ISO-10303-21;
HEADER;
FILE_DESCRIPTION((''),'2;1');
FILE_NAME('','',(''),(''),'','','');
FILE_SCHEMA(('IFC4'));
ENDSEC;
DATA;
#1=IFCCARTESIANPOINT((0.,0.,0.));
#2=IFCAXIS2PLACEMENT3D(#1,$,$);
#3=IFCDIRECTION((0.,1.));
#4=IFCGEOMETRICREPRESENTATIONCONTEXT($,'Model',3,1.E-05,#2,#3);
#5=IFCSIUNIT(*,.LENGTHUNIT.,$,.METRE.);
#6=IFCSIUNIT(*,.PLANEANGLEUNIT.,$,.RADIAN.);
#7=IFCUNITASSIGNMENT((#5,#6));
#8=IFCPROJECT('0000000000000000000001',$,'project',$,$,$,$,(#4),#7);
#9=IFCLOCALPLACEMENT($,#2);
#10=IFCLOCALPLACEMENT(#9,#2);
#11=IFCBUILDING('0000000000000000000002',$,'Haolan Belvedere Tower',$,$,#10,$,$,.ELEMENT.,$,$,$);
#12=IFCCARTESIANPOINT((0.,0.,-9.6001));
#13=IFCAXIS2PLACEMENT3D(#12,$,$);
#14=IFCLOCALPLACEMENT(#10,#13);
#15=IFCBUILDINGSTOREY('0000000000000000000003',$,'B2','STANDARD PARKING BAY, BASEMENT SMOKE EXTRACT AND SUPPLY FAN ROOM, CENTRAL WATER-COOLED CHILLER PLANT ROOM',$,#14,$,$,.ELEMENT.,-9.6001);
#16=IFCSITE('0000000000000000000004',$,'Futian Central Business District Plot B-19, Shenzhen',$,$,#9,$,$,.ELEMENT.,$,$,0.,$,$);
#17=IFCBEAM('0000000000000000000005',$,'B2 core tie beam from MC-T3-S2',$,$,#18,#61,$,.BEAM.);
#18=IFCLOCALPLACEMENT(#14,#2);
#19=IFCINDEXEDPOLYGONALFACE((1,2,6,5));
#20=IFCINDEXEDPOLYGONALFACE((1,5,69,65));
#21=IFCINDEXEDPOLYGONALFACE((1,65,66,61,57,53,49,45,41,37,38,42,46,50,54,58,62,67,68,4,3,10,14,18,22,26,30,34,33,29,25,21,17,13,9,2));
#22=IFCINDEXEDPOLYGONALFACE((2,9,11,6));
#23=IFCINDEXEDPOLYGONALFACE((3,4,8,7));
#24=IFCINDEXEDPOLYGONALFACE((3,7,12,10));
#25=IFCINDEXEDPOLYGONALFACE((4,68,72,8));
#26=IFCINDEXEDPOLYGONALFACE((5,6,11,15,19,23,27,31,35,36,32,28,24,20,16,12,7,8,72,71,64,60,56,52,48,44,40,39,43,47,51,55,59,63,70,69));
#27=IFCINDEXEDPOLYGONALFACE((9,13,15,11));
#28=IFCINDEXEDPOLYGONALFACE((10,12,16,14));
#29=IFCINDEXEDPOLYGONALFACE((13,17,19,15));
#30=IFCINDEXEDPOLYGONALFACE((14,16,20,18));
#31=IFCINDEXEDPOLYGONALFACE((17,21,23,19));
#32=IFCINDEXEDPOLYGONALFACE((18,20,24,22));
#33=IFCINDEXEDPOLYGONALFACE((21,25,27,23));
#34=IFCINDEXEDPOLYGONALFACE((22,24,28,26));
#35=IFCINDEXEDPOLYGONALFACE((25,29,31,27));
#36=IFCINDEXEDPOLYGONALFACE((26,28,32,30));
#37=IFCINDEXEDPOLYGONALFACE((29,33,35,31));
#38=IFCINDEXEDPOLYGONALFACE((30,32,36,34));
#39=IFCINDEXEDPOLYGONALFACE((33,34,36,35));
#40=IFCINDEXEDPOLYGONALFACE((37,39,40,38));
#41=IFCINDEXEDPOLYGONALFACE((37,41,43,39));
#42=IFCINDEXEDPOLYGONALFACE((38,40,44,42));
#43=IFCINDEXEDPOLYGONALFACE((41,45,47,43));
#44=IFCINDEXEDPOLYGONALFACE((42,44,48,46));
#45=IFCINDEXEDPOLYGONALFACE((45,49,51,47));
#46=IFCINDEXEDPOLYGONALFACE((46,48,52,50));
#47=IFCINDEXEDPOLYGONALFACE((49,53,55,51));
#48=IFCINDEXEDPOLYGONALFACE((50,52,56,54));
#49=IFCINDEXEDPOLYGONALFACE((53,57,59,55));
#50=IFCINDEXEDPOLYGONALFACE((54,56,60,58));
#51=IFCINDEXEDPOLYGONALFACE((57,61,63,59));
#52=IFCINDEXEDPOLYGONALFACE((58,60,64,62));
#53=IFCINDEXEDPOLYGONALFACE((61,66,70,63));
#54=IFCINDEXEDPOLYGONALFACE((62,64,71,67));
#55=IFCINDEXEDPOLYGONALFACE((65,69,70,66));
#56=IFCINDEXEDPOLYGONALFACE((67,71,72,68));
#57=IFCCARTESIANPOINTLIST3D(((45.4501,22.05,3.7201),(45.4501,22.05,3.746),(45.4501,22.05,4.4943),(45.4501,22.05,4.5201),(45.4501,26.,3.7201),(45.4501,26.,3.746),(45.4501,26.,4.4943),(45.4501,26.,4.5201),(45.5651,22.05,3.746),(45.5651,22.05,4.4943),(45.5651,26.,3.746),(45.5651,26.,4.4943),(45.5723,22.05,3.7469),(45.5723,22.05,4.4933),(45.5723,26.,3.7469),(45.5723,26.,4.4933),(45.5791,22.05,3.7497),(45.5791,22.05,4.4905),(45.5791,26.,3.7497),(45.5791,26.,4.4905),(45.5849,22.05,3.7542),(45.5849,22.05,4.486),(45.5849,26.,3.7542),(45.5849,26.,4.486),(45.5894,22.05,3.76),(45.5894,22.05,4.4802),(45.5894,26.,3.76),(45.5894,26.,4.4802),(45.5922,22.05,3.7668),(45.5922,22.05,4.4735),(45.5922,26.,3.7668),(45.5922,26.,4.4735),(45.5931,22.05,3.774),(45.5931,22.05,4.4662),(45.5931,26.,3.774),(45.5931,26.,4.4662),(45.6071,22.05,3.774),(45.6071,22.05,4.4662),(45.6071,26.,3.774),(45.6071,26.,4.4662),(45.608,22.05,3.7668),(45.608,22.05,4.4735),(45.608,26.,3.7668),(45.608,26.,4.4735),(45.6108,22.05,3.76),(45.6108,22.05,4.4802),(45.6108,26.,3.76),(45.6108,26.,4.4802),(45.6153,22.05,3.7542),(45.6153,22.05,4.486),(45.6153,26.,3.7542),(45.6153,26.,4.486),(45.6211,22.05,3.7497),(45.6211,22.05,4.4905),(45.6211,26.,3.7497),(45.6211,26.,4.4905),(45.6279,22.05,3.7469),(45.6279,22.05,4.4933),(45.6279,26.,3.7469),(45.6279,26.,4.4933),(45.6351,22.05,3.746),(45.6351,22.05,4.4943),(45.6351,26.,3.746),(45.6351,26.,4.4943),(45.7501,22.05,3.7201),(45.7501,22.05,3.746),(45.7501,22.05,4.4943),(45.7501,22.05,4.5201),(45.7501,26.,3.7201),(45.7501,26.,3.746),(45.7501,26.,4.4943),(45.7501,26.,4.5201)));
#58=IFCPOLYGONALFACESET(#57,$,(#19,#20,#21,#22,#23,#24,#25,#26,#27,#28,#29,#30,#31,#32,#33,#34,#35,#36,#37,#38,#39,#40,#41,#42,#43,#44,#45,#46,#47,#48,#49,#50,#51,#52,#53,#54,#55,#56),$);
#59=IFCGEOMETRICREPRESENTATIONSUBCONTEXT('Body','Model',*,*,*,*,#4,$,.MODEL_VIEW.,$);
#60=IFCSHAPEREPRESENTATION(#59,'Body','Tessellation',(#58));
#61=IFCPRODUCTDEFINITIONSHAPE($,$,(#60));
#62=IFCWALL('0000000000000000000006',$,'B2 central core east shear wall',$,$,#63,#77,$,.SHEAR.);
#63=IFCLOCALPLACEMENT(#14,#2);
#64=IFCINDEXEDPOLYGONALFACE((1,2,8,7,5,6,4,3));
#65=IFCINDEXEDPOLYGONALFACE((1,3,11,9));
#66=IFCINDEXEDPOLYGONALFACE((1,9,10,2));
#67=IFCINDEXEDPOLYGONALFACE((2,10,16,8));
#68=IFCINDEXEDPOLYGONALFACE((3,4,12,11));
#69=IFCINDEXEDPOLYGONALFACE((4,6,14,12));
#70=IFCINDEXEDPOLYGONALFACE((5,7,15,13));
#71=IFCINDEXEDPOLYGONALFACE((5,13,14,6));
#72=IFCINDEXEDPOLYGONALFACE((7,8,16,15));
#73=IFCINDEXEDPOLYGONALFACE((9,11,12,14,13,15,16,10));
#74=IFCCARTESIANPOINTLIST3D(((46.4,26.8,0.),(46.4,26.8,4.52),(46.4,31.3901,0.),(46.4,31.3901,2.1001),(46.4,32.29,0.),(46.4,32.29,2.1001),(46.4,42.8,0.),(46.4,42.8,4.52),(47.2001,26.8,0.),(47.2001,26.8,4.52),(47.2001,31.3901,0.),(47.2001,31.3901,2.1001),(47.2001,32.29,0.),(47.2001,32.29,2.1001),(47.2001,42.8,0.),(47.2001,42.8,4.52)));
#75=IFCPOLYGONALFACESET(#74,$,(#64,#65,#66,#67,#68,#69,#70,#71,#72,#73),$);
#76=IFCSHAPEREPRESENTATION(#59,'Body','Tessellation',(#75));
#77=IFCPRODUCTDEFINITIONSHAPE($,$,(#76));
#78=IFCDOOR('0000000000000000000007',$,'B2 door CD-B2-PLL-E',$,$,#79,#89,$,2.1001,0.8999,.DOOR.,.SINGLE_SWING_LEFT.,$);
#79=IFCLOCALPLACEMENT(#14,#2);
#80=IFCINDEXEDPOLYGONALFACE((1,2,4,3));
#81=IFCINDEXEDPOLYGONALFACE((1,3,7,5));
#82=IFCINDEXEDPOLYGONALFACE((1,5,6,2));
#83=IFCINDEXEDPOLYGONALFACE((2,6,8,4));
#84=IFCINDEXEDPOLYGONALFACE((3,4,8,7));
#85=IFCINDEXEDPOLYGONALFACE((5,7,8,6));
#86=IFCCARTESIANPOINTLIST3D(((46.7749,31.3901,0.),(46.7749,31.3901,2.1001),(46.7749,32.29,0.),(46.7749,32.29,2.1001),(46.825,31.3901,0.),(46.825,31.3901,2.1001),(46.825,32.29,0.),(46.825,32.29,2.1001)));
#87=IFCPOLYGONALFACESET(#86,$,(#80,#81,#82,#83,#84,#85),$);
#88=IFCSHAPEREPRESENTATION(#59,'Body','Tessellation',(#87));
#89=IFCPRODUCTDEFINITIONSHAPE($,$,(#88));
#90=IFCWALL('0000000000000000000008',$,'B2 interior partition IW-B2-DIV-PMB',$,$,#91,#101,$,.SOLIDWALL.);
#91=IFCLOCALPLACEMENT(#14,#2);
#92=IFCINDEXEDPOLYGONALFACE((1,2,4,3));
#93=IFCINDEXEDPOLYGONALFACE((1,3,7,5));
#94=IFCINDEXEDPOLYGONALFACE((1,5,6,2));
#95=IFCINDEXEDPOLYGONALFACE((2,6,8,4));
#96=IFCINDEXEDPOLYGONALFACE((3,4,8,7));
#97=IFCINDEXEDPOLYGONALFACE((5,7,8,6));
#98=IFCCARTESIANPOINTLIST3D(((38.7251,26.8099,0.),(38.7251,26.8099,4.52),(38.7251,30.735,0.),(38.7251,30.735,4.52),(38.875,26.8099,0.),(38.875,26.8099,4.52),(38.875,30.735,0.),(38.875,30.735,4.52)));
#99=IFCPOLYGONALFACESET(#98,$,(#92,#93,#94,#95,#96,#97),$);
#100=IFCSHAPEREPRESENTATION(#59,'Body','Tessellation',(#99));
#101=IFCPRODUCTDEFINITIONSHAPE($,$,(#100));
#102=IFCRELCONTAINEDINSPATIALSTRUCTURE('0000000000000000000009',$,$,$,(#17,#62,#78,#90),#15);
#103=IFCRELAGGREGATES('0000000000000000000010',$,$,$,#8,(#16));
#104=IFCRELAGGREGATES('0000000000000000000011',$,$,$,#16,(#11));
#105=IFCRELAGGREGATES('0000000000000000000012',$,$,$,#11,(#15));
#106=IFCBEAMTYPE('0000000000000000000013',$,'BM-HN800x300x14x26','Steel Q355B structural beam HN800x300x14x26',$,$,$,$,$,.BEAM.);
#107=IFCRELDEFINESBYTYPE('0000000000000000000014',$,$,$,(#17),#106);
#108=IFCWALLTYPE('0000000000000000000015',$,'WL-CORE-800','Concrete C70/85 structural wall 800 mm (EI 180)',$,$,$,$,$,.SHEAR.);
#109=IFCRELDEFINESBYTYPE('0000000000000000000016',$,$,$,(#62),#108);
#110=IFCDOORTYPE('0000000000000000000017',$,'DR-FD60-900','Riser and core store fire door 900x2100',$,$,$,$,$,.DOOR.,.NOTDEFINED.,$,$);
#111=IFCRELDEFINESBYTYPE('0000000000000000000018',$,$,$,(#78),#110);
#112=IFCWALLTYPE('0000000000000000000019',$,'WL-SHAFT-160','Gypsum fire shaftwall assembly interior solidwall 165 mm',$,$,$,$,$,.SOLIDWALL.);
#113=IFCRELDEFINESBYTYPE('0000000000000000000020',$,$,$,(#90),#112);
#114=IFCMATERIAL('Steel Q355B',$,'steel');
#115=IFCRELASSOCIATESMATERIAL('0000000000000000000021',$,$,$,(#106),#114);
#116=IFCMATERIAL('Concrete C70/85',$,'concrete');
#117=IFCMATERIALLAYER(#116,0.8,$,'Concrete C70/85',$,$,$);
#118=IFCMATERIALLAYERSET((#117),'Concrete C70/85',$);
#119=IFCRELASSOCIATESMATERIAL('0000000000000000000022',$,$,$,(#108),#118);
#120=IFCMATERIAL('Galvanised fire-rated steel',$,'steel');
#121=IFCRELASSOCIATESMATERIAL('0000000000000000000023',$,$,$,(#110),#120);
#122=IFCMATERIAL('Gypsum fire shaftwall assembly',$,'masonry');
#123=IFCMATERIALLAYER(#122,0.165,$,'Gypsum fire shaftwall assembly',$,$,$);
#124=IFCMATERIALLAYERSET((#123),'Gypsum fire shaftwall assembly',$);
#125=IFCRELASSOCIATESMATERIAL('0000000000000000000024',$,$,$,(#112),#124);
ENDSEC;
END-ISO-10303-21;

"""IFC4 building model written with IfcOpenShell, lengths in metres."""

from ifc_helpers import new_model, si_unit, direction, frame, frame_2d, origin, origin_2d, place, context, subcontext, project, spatial, rectangle, i_section, extrude, material, layer, layer_set, material_profile, profile_set, type_object, element, fill, save


model = new_model("IFC4")

# Units and contexts
model_context = context("Model", 3, precision=1e-05, world=origin(), true_north=direction((0.0, 1.0)))
body_context = subcontext(model_context, "Body", "Model", "MODEL_VIEW")
ifc_project = project(units=[si_unit("LENGTHUNIT", "METRE"), si_unit("PLANEANGLEUNIT", "RADIAN")], contexts=[model_context])

# Site, building, storey
site_placement = place(None, origin())
site = spatial("IfcSite", under=ifc_project, at=site_placement, Name="Futian Central Business District Plot B-19, Shenzhen", CompositionType="ELEMENT", RefElevation=0.0)
building_placement = place(site_placement, origin())
building = spatial("IfcBuilding", under=site, at=building_placement, Name="Haolan Belvedere Tower", CompositionType="ELEMENT")
storey_placement = place(building_placement, frame((0.0, 0.0, -9.6001)))
storey = spatial("IfcBuildingStorey", under=building, at=storey_placement, Name="B2", Description="STANDARD PARKING BAY, BASEMENT SMOKE EXTRACT AND SUPPLY FAN ROOM, CENTRAL WATER-COOLED CHILLER PLANT ROOM", CompositionType="ELEMENT", Elevation=-9.6001)

# Shared definitions
ifc_material_1 = material(Name="Steel Q355B", Category="steel")

# Beam
ifc_material_profile_1 = material_profile(ifc_material_1, i_section(OverallWidth=0.3, OverallDepth=0.8, WebThickness=0.0139, FlangeThickness=0.0259, FilletRadius=0.0281, at=origin_2d()), Name="Steel Q355B")
ifc_profile_set_1 = profile_set([ifc_material_profile_1], Name="Steel Q355B")
beam_type_1 = type_object("IfcBeamType", Name="BM-HN800x300x14x26", Description="Steel Q355B structural beam HN800x300x14x26", PredefinedType="BEAM", material=ifc_profile_set_1)
beam_1_placement = place(storey_placement, frame((45.6001, 22.05, 4.1201), z_axis=(0.0, 1.0, 0.0), x_axis=(-1.0, 0.0, 0.0)))
element("IfcBeam", 1, at=beam_1_placement, inside=storey, type_object=beam_type_1, Name="B2 core tie beam from MC-T3-S2", PredefinedType="BEAM", context=body_context, shape_type="SweptSolid", body=[
    extrude(i_section(OverallWidth=0.3, OverallDepth=0.8, WebThickness=0.0139, FlangeThickness=0.0259, FilletRadius=0.0281, at=origin_2d()), origin(), (0.0, 0.0, 1.0), 3.95),
])

# Wall, opening, door
ifc_material_2 = material(Name="Concrete C70/85", Category="concrete")
ifc_layer_1 = layer(ifc_material_2, 0.8, Name="Concrete C70/85")
ifc_layer_set_1 = layer_set([ifc_layer_1], Name="Concrete C70/85")
wall_type_1 = type_object("IfcWallType", Name="WL-CORE-800", Description="Concrete C70/85 structural wall 800 mm (EI 180)", PredefinedType="SHEAR", material=ifc_layer_set_1)
wall_1_placement = place(storey_placement, frame((46.8, 26.8, 0.0), z_axis=(0.0, 0.0, 1.0), x_axis=(0.0, 1.0, 0.0)))
wall_1 = element("IfcWall", 2, at=wall_1_placement, inside=storey, type_object=wall_type_1, Name="B2 central core east shear wall", PredefinedType="SHEAR", context=body_context, shape_type="SweptSolid", body=[
    extrude(rectangle(XDim=16.0, YDim=0.8, at=frame_2d((8.0, 0.0))), origin(), (0.0, 0.0, 1.0), 4.52),
])
opening_placement = place(wall_1_placement, frame((5.49, 0.0, 0.0), z_axis=(0.0, 0.0, 1.0), x_axis=(-1.0, 0.0, 0.0)))
opening = element("IfcOpeningElement", 3, at=opening_placement, cuts=wall_1, PredefinedType="OPENING", context=body_context, shape_type="SweptSolid", body=[
    extrude(rectangle(XDim=0.8999, YDim=2.1001, at=frame_2d((0.45, 1.05))), frame((0.0, 0.4099, 0.0), z_axis=(0.0, -1.0, 0.0), x_axis=(1.0, 0.0, 0.0)), (0.0, 0.0, 1.0), 0.8201),
])
ifc_material_3 = material(Name="Galvanised fire-rated steel", Category="steel")
door_type = type_object("IfcDoorType", Name="DR-FD60-900", Description="Riser and core store fire door 900x2100", OperationType="NOTDEFINED", PredefinedType="DOOR", material=ifc_material_3)
door_placement = place(opening_placement, origin())
door = element("IfcDoor", 4, at=door_placement, inside=storey, type_object=door_type, Name="B2 door CD-B2-PLL-E", OperationType="SINGLE_SWING_LEFT", OverallHeight=2.1001, OverallWidth=0.8999, PredefinedType="DOOR", context=body_context, shape_type="SweptSolid", body=[
    extrude(rectangle(XDim=0.8999, YDim=2.1001, at=frame_2d((0.45, 1.05))), frame((0.0, 0.0249, 0.0), z_axis=(0.0, -1.0, 0.0), x_axis=(1.0, 0.0, 0.0)), (0.0, 0.0, 1.0), 0.05),
])
fill(opening, door)

# Wall
ifc_material_4 = material(Name="Gypsum fire shaftwall assembly", Category="masonry")
ifc_layer_2 = layer(ifc_material_4, 0.165, Name="Gypsum fire shaftwall assembly")
ifc_layer_set_2 = layer_set([ifc_layer_2], Name="Gypsum fire shaftwall assembly")
wall_type_2 = type_object("IfcWallType", Name="WL-SHAFT-160", Description="Gypsum fire shaftwall assembly interior solidwall 165 mm", PredefinedType="SOLIDWALL", material=ifc_layer_set_2)
wall_2_placement = place(storey_placement, frame((38.8, 26.8101, 0.0), z_axis=(0.0, 0.0, 1.0), x_axis=(0.0, 1.0, 0.0)))
element("IfcWall", 5, at=wall_2_placement, inside=storey, type_object=wall_type_2, Name="B2 interior partition IW-B2-DIV-PMB", PredefinedType="SOLIDWALL", context=body_context, shape_type="SweptSolid", body=[
    extrude(rectangle(XDim=3.925, YDim=0.1499, at=frame_2d((1.9624, 0.0))), origin(), (0.0, 0.0, 1.0), 4.52),
])

save(model, "model.ifc")
